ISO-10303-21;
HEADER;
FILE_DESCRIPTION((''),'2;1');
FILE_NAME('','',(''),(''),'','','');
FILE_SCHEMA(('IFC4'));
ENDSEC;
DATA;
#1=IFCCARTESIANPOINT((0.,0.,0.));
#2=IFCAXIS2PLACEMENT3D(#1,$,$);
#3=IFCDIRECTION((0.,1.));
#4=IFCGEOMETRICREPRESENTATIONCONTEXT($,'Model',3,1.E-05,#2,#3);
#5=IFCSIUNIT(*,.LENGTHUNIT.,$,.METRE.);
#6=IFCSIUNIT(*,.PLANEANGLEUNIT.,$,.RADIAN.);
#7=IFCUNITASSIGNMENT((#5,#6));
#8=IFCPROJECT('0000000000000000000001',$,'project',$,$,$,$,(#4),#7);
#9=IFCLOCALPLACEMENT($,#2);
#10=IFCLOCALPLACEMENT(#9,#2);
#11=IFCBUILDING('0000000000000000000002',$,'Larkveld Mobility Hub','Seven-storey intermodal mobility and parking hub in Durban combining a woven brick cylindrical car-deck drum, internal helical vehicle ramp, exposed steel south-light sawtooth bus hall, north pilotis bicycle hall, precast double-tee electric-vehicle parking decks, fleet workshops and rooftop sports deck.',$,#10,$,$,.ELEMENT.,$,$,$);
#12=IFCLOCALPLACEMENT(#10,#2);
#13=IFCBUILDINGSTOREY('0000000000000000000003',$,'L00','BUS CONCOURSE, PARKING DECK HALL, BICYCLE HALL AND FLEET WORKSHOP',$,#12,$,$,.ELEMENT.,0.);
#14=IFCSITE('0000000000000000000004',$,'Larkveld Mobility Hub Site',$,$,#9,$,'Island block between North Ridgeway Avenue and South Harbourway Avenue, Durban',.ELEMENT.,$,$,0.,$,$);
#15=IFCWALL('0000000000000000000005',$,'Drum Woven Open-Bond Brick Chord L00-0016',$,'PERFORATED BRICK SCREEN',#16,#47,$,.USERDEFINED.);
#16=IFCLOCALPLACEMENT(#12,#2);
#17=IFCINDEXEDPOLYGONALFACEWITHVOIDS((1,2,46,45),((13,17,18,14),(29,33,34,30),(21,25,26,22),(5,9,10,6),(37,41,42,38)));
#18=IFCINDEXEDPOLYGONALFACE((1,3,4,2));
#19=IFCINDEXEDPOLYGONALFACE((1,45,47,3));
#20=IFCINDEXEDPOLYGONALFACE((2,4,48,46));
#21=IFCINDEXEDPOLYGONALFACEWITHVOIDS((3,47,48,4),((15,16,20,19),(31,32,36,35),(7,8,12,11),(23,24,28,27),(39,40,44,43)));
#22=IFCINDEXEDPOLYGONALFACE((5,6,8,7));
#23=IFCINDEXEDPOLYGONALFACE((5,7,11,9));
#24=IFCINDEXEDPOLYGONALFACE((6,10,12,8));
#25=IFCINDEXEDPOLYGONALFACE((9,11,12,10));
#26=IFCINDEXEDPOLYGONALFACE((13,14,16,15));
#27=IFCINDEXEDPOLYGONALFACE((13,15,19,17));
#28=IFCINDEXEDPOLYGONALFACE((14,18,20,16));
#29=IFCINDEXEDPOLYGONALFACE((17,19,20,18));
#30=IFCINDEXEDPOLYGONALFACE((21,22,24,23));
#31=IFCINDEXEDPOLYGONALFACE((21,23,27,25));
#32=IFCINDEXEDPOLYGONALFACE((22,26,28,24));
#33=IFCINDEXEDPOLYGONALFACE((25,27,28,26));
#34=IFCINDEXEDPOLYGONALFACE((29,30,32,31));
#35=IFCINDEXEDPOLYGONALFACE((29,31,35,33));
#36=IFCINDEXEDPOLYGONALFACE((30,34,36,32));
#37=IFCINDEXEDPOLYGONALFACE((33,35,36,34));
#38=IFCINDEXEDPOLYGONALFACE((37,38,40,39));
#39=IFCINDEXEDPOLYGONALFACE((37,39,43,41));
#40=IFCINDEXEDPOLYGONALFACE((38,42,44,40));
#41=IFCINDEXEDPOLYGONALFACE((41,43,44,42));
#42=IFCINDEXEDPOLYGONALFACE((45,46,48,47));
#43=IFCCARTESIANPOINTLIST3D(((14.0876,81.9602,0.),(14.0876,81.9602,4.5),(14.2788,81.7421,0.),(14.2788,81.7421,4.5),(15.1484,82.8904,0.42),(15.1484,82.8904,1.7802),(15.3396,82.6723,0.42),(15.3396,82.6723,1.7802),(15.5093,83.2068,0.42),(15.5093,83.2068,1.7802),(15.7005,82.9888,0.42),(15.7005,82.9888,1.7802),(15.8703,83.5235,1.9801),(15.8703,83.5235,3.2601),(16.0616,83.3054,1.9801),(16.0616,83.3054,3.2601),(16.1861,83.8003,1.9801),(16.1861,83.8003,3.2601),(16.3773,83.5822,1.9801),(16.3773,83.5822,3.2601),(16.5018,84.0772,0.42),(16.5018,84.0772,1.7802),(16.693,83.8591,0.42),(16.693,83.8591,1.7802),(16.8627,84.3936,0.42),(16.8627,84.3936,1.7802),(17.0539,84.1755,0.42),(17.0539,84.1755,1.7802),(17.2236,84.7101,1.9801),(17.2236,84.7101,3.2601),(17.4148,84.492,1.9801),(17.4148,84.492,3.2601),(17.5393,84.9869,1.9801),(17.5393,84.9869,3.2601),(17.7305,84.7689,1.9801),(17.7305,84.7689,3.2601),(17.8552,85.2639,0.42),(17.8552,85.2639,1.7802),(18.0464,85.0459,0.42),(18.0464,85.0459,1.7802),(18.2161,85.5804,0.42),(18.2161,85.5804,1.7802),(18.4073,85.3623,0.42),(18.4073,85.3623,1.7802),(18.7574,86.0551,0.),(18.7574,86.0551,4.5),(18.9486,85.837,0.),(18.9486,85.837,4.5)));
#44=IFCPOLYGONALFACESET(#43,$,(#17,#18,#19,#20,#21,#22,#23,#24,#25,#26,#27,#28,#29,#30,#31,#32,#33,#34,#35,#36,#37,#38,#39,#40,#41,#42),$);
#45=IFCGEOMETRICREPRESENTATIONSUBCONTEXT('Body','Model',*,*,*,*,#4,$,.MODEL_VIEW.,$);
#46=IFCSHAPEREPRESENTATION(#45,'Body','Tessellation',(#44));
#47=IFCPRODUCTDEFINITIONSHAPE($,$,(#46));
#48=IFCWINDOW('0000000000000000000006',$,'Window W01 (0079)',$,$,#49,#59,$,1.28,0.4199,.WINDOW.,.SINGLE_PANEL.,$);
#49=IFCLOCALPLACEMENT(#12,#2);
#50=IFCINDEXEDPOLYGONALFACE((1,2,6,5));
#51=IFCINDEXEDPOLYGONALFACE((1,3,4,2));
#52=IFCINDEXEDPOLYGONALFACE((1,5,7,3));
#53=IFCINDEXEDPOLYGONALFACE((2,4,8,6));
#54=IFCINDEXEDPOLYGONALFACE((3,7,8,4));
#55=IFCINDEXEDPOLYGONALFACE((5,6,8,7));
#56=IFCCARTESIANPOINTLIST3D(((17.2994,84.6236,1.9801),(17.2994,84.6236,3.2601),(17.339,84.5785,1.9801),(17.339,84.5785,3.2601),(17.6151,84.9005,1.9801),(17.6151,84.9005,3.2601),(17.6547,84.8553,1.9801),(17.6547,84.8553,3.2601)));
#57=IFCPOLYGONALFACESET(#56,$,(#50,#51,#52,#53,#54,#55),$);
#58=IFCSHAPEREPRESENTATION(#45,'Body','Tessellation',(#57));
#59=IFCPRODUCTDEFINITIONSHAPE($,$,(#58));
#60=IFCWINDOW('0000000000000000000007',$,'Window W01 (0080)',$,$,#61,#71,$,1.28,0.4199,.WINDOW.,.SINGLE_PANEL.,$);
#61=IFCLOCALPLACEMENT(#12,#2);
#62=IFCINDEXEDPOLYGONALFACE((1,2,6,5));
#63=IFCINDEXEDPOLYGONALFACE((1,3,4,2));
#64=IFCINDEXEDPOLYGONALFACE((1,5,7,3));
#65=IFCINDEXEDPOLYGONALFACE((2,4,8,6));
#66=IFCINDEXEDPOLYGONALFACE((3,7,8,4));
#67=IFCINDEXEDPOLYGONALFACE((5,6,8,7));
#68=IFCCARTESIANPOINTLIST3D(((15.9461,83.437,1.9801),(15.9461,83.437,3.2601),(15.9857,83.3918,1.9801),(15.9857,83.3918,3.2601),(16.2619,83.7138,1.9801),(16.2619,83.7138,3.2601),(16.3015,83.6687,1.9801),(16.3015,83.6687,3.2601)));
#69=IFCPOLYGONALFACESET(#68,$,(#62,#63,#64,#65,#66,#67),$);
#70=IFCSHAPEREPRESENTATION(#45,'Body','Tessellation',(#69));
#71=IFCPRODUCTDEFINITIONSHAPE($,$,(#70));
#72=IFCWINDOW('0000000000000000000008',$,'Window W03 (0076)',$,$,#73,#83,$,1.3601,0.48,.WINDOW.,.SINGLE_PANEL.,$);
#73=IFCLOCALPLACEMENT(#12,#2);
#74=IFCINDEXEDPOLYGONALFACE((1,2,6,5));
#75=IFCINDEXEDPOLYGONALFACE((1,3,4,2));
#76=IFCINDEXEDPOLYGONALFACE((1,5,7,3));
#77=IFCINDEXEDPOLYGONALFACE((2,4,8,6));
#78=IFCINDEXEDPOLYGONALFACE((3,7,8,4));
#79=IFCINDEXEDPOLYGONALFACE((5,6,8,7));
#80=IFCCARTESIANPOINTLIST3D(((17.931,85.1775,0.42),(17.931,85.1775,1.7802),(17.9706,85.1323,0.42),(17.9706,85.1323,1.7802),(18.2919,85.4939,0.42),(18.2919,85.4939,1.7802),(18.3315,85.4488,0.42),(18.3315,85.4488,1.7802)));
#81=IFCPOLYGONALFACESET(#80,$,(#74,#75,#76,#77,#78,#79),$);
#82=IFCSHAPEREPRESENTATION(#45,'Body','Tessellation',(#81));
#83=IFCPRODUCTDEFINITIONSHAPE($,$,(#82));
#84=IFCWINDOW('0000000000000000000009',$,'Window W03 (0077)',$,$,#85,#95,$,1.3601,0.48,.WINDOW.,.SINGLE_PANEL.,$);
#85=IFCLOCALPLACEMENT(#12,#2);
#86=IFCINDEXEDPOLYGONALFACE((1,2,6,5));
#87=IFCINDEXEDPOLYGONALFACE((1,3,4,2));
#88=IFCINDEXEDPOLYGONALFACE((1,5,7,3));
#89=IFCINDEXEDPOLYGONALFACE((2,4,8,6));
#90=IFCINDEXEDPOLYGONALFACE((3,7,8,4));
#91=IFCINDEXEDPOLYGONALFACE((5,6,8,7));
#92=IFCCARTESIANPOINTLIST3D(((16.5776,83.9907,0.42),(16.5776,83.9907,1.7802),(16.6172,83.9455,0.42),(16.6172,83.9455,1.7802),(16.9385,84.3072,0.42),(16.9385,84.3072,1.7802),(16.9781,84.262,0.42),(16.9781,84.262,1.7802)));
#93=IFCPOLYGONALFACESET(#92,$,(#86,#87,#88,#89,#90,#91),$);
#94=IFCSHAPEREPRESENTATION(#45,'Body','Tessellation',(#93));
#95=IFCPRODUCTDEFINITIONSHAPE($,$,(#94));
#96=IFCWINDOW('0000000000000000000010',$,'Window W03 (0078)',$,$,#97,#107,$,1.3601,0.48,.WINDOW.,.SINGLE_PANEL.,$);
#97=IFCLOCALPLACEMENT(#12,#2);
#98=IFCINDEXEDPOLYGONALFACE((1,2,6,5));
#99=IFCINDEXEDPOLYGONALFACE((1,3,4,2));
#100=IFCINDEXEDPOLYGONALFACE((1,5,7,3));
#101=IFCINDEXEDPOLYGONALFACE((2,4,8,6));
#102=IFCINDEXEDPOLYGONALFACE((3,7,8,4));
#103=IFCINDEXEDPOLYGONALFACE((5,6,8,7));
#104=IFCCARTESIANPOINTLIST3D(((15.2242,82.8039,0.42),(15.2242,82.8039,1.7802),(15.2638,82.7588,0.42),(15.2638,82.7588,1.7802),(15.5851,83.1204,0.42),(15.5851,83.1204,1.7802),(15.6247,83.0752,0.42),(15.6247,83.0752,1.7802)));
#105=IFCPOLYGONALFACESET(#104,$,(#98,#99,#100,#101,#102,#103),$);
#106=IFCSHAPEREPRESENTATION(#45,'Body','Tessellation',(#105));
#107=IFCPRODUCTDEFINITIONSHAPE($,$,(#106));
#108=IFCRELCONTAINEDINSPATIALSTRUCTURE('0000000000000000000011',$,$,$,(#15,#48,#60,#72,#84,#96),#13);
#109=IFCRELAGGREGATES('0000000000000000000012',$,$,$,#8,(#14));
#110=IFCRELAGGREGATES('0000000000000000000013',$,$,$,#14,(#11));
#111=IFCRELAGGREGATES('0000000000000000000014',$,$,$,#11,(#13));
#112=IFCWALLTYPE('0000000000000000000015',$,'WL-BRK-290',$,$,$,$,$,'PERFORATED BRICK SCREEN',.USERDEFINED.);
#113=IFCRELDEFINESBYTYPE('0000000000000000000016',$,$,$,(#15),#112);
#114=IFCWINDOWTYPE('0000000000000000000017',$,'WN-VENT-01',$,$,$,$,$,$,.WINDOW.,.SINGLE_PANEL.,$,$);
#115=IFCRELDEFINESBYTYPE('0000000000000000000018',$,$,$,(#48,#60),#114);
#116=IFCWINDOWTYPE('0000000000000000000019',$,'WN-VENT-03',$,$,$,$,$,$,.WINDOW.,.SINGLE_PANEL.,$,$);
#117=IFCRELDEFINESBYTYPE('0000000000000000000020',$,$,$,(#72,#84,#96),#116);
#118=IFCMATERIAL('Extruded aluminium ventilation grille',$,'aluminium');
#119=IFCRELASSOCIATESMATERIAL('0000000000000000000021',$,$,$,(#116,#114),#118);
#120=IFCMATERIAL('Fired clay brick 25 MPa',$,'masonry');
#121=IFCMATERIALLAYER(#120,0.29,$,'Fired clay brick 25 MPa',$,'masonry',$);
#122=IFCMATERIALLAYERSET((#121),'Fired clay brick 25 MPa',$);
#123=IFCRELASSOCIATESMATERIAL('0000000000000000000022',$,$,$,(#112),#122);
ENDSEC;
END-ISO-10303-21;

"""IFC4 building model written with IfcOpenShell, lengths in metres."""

from ifc_helpers import new_model, si_unit, direction, frame, frame_2d, origin, place, context, subcontext, project, spatial, rectangle, extrude, material, layer, layer_set, type_object, element, fill, save


model = new_model("IFC4")

# Units and contexts
model_context = context("Model", 3, precision=1e-05, world=origin(), true_north=direction((0.0, 1.0)))
body_context = subcontext(model_context, "Body", "Model", "MODEL_VIEW")
ifc_project = project(units=[si_unit("LENGTHUNIT", "METRE"), si_unit("PLANEANGLEUNIT", "RADIAN")], contexts=[model_context])

# Site, building, storey
site_placement = place(None, origin())
site = spatial("IfcSite", under=ifc_project, at=site_placement, Name="Larkveld Mobility Hub Site", LongName="Island block between North Ridgeway Avenue and South Harbourway Avenue, Durban", CompositionType="ELEMENT", RefElevation=0.0)
building_placement = place(site_placement, origin())
building = spatial("IfcBuilding", under=site, at=building_placement, Name="Larkveld Mobility Hub", Description="Seven-storey intermodal mobility and parking hub in Durban combining a woven brick cylindrical car-deck drum, internal helical vehicle ramp, exposed steel south-light sawtooth bus hall, north pilotis bicycle hall, precast double-tee electric-vehicle parking decks, fleet workshops and rooftop sports deck.", CompositionType="ELEMENT")
storey_placement = place(building_placement, origin())
storey = spatial("IfcBuildingStorey", under=building, at=storey_placement, Name="L00", Description="BUS CONCOURSE, PARKING DECK HALL, BICYCLE HALL AND FLEET WORKSHOP", CompositionType="ELEMENT", Elevation=0.0)

# Wall, openings, windows
ifc_material_1 = material(Name="Fired clay brick 25 MPa", Category="masonry")
ifc_material_2 = material(Name="Extruded aluminium ventilation grille", Category="aluminium")
window_type_1 = type_object("IfcWindowType", Name="WN-VENT-03", PartitioningType="SINGLE_PANEL", PredefinedType="WINDOW", material=ifc_material_2)
ifc_layer_1 = layer(ifc_material_1, 0.29, Name="Fired clay brick 25 MPa", Category="masonry")
ifc_layer_set_1 = layer_set([ifc_layer_1], Name="Fired clay brick 25 MPa")
wall_type_1 = type_object("IfcWallType", Name="WL-BRK-290", ElementType="PERFORATED BRICK SCREEN", PredefinedType="USERDEFINED", material=ifc_layer_set_1)
wall_1_placement = place(storey_placement, frame((18.853, 85.946, 0.0), z_axis=(0.0, 0.0, 1.0), x_axis=(-0.751875, -0.659306, 0.0)))
wall_1 = element("IfcWall", 1, at=wall_1_placement, inside=storey, type_object=wall_type_1, Name="Drum Woven Open-Bond Brick Chord L00-0016", ObjectType="PERFORATED BRICK SCREEN", PredefinedType="USERDEFINED", context=body_context, shape_type="SweptSolid", body=[
    extrude(rectangle(XDim=6.2109, YDim=0.29, at=frame_2d((3.1055, 0.0))), origin(), (0.0, 0.0, 1.0), 4.5),
])
opening_1_placement = place(wall_1_placement, frame((0.72, 0.0, 0.4199)))
opening_1 = element("IfcOpeningElement", 2, at=opening_1_placement, cuts=wall_1, PredefinedType="OPENING", context=body_context, shape_type="SweptSolid", body=[
    extrude(rectangle(XDim=0.48, YDim=1.3601, at=frame_2d((0.24, 0.6802))), frame((0.0, 0.155, 0.0), z_axis=(0.0, -1.0, 0.0), x_axis=(1.0, 0.0, 0.0)), (0.0, 0.0, 1.0), 0.3101),
])
opening_2_placement = place(wall_1_placement, frame((2.52, 0.0, 0.4199)))
opening_2 = element("IfcOpeningElement", 3, at=opening_2_placement, cuts=wall_1, PredefinedType="OPENING", context=body_context, shape_type="SweptSolid", body=[
    extrude(rectangle(XDim=0.48, YDim=1.3601, at=frame_2d((0.24, 0.6802))), frame((0.0, 0.155, 0.0), z_axis=(0.0, -1.0, 0.0), x_axis=(1.0, 0.0, 0.0)), (0.0, 0.0, 1.0), 0.3101),
])
opening_3_placement = place(wall_1_placement, frame((4.3201, 0.0, 0.4199)))
opening_3 = element("IfcOpeningElement", 4, at=opening_3_placement, cuts=wall_1, PredefinedType="OPENING", context=body_context, shape_type="SweptSolid", body=[
    extrude(rectangle(XDim=0.48, YDim=1.3601, at=frame_2d((0.24, 0.6802))), frame((0.0, 0.155, 0.0), z_axis=(0.0, -1.0, 0.0), x_axis=(1.0, 0.0, 0.0)), (0.0, 0.0, 1.0), 0.3101),
])
opening_4_placement = place(wall_1_placement, frame((1.6201, 0.0, 1.98)))
opening_4 = element("IfcOpeningElement", 5, at=opening_4_placement, cuts=wall_1, PredefinedType="OPENING", context=body_context, shape_type="SweptSolid", body=[
    extrude(rectangle(XDim=0.4199, YDim=1.28, at=frame_2d((0.21, 0.6401))), frame((0.0, 0.155, 0.0), z_axis=(0.0, -1.0, 0.0), x_axis=(1.0, 0.0, 0.0)), (0.0, 0.0, 1.0), 0.3101),
])
opening_5_placement = place(wall_1_placement, frame((3.4199, 0.0, 1.98)))
opening_5 = element("IfcOpeningElement", 6, at=opening_5_placement, cuts=wall_1, PredefinedType="OPENING", context=body_context, shape_type="SweptSolid", body=[
    extrude(rectangle(XDim=0.4199, YDim=1.28, at=frame_2d((0.21, 0.6401))), frame((0.0, 0.155, 0.0), z_axis=(0.0, -1.0, 0.0), x_axis=(1.0, 0.0, 0.0)), (0.0, 0.0, 1.0), 0.3101),
])
window_type_2 = type_object("IfcWindowType", Name="WN-VENT-01", PartitioningType="SINGLE_PANEL", PredefinedType="WINDOW", material=ifc_material_2)
window_1_placement = place(opening_4_placement, origin())
window_1 = element("IfcWindow", 7, at=window_1_placement, inside=storey, type_object=window_type_2, Name="Window W01 (0079)", OverallHeight=1.28, OverallWidth=0.4199, PartitioningType="SINGLE_PANEL", PredefinedType="WINDOW", context=body_context, shape_type="SweptSolid", body=[
    extrude(rectangle(XDim=0.4199, YDim=1.28, at=frame_2d((0.21, 0.6401))), frame((0.0, 0.03, 0.0), z_axis=(0.0, -1.0, 0.0), x_axis=(1.0, 0.0, 0.0)), (0.0, 0.0, 1.0), 0.0601),
])
fill(opening_4, window_1)
window_2_placement = place(opening_5_placement, origin())
window_2 = element("IfcWindow", 8, at=window_2_placement, inside=storey, type_object=window_type_2, Name="Window W01 (0080)", OverallHeight=1.28, OverallWidth=0.4199, PartitioningType="SINGLE_PANEL", PredefinedType="WINDOW", context=body_context, shape_type="SweptSolid", body=[
    extrude(rectangle(XDim=0.4199, YDim=1.28, at=frame_2d((0.21, 0.6401))), frame((0.0, 0.03, 0.0), z_axis=(0.0, -1.0, 0.0), x_axis=(1.0, 0.0, 0.0)), (0.0, 0.0, 1.0), 0.0601),
])
fill(opening_5, window_2)
window_3_placement = place(opening_1_placement, origin())
window_3 = element("IfcWindow", 9, at=window_3_placement, inside=storey, type_object=window_type_1, Name="Window W03 (0076)", OverallHeight=1.3601, OverallWidth=0.48, PartitioningType="SINGLE_PANEL", PredefinedType="WINDOW", context=body_context, shape_type="SweptSolid", body=[
    extrude(rectangle(XDim=0.48, YDim=1.3601, at=frame_2d((0.24, 0.6802))), frame((0.0, 0.03, 0.0), z_axis=(0.0, -1.0, 0.0), x_axis=(1.0, 0.0, 0.0)), (0.0, 0.0, 1.0), 0.0601),
])
fill(opening_1, window_3)
window_4_placement = place(opening_2_placement, origin())
window_4 = element("IfcWindow", 10, at=window_4_placement, inside=storey, type_object=window_type_1, Name="Window W03 (0077)", OverallHeight=1.3601, OverallWidth=0.48, PartitioningType="SINGLE_PANEL", PredefinedType="WINDOW", context=body_context, shape_type="SweptSolid", body=[
    extrude(rectangle(XDim=0.48, YDim=1.3601, at=frame_2d((0.24, 0.6802))), frame((0.0, 0.03, 0.0), z_axis=(0.0, -1.0, 0.0), x_axis=(1.0, 0.0, 0.0)), (0.0, 0.0, 1.0), 0.0601),
])
fill(opening_2, window_4)
window_5_placement = place(opening_3_placement, origin())
window_5 = element("IfcWindow", 11, at=window_5_placement, inside=storey, type_object=window_type_1, Name="Window W03 (0078)", OverallHeight=1.3601, OverallWidth=0.48, PartitioningType="SINGLE_PANEL", PredefinedType="WINDOW", context=body_context, shape_type="SweptSolid", body=[
    extrude(rectangle(XDim=0.48, YDim=1.3601, at=frame_2d((0.24, 0.6802))), frame((0.0, 0.03, 0.0), z_axis=(0.0, -1.0, 0.0), x_axis=(1.0, 0.0, 0.0)), (0.0, 0.0, 1.0), 0.0601),
])
fill(opening_3, window_5)

save(model, "model.ifc")
